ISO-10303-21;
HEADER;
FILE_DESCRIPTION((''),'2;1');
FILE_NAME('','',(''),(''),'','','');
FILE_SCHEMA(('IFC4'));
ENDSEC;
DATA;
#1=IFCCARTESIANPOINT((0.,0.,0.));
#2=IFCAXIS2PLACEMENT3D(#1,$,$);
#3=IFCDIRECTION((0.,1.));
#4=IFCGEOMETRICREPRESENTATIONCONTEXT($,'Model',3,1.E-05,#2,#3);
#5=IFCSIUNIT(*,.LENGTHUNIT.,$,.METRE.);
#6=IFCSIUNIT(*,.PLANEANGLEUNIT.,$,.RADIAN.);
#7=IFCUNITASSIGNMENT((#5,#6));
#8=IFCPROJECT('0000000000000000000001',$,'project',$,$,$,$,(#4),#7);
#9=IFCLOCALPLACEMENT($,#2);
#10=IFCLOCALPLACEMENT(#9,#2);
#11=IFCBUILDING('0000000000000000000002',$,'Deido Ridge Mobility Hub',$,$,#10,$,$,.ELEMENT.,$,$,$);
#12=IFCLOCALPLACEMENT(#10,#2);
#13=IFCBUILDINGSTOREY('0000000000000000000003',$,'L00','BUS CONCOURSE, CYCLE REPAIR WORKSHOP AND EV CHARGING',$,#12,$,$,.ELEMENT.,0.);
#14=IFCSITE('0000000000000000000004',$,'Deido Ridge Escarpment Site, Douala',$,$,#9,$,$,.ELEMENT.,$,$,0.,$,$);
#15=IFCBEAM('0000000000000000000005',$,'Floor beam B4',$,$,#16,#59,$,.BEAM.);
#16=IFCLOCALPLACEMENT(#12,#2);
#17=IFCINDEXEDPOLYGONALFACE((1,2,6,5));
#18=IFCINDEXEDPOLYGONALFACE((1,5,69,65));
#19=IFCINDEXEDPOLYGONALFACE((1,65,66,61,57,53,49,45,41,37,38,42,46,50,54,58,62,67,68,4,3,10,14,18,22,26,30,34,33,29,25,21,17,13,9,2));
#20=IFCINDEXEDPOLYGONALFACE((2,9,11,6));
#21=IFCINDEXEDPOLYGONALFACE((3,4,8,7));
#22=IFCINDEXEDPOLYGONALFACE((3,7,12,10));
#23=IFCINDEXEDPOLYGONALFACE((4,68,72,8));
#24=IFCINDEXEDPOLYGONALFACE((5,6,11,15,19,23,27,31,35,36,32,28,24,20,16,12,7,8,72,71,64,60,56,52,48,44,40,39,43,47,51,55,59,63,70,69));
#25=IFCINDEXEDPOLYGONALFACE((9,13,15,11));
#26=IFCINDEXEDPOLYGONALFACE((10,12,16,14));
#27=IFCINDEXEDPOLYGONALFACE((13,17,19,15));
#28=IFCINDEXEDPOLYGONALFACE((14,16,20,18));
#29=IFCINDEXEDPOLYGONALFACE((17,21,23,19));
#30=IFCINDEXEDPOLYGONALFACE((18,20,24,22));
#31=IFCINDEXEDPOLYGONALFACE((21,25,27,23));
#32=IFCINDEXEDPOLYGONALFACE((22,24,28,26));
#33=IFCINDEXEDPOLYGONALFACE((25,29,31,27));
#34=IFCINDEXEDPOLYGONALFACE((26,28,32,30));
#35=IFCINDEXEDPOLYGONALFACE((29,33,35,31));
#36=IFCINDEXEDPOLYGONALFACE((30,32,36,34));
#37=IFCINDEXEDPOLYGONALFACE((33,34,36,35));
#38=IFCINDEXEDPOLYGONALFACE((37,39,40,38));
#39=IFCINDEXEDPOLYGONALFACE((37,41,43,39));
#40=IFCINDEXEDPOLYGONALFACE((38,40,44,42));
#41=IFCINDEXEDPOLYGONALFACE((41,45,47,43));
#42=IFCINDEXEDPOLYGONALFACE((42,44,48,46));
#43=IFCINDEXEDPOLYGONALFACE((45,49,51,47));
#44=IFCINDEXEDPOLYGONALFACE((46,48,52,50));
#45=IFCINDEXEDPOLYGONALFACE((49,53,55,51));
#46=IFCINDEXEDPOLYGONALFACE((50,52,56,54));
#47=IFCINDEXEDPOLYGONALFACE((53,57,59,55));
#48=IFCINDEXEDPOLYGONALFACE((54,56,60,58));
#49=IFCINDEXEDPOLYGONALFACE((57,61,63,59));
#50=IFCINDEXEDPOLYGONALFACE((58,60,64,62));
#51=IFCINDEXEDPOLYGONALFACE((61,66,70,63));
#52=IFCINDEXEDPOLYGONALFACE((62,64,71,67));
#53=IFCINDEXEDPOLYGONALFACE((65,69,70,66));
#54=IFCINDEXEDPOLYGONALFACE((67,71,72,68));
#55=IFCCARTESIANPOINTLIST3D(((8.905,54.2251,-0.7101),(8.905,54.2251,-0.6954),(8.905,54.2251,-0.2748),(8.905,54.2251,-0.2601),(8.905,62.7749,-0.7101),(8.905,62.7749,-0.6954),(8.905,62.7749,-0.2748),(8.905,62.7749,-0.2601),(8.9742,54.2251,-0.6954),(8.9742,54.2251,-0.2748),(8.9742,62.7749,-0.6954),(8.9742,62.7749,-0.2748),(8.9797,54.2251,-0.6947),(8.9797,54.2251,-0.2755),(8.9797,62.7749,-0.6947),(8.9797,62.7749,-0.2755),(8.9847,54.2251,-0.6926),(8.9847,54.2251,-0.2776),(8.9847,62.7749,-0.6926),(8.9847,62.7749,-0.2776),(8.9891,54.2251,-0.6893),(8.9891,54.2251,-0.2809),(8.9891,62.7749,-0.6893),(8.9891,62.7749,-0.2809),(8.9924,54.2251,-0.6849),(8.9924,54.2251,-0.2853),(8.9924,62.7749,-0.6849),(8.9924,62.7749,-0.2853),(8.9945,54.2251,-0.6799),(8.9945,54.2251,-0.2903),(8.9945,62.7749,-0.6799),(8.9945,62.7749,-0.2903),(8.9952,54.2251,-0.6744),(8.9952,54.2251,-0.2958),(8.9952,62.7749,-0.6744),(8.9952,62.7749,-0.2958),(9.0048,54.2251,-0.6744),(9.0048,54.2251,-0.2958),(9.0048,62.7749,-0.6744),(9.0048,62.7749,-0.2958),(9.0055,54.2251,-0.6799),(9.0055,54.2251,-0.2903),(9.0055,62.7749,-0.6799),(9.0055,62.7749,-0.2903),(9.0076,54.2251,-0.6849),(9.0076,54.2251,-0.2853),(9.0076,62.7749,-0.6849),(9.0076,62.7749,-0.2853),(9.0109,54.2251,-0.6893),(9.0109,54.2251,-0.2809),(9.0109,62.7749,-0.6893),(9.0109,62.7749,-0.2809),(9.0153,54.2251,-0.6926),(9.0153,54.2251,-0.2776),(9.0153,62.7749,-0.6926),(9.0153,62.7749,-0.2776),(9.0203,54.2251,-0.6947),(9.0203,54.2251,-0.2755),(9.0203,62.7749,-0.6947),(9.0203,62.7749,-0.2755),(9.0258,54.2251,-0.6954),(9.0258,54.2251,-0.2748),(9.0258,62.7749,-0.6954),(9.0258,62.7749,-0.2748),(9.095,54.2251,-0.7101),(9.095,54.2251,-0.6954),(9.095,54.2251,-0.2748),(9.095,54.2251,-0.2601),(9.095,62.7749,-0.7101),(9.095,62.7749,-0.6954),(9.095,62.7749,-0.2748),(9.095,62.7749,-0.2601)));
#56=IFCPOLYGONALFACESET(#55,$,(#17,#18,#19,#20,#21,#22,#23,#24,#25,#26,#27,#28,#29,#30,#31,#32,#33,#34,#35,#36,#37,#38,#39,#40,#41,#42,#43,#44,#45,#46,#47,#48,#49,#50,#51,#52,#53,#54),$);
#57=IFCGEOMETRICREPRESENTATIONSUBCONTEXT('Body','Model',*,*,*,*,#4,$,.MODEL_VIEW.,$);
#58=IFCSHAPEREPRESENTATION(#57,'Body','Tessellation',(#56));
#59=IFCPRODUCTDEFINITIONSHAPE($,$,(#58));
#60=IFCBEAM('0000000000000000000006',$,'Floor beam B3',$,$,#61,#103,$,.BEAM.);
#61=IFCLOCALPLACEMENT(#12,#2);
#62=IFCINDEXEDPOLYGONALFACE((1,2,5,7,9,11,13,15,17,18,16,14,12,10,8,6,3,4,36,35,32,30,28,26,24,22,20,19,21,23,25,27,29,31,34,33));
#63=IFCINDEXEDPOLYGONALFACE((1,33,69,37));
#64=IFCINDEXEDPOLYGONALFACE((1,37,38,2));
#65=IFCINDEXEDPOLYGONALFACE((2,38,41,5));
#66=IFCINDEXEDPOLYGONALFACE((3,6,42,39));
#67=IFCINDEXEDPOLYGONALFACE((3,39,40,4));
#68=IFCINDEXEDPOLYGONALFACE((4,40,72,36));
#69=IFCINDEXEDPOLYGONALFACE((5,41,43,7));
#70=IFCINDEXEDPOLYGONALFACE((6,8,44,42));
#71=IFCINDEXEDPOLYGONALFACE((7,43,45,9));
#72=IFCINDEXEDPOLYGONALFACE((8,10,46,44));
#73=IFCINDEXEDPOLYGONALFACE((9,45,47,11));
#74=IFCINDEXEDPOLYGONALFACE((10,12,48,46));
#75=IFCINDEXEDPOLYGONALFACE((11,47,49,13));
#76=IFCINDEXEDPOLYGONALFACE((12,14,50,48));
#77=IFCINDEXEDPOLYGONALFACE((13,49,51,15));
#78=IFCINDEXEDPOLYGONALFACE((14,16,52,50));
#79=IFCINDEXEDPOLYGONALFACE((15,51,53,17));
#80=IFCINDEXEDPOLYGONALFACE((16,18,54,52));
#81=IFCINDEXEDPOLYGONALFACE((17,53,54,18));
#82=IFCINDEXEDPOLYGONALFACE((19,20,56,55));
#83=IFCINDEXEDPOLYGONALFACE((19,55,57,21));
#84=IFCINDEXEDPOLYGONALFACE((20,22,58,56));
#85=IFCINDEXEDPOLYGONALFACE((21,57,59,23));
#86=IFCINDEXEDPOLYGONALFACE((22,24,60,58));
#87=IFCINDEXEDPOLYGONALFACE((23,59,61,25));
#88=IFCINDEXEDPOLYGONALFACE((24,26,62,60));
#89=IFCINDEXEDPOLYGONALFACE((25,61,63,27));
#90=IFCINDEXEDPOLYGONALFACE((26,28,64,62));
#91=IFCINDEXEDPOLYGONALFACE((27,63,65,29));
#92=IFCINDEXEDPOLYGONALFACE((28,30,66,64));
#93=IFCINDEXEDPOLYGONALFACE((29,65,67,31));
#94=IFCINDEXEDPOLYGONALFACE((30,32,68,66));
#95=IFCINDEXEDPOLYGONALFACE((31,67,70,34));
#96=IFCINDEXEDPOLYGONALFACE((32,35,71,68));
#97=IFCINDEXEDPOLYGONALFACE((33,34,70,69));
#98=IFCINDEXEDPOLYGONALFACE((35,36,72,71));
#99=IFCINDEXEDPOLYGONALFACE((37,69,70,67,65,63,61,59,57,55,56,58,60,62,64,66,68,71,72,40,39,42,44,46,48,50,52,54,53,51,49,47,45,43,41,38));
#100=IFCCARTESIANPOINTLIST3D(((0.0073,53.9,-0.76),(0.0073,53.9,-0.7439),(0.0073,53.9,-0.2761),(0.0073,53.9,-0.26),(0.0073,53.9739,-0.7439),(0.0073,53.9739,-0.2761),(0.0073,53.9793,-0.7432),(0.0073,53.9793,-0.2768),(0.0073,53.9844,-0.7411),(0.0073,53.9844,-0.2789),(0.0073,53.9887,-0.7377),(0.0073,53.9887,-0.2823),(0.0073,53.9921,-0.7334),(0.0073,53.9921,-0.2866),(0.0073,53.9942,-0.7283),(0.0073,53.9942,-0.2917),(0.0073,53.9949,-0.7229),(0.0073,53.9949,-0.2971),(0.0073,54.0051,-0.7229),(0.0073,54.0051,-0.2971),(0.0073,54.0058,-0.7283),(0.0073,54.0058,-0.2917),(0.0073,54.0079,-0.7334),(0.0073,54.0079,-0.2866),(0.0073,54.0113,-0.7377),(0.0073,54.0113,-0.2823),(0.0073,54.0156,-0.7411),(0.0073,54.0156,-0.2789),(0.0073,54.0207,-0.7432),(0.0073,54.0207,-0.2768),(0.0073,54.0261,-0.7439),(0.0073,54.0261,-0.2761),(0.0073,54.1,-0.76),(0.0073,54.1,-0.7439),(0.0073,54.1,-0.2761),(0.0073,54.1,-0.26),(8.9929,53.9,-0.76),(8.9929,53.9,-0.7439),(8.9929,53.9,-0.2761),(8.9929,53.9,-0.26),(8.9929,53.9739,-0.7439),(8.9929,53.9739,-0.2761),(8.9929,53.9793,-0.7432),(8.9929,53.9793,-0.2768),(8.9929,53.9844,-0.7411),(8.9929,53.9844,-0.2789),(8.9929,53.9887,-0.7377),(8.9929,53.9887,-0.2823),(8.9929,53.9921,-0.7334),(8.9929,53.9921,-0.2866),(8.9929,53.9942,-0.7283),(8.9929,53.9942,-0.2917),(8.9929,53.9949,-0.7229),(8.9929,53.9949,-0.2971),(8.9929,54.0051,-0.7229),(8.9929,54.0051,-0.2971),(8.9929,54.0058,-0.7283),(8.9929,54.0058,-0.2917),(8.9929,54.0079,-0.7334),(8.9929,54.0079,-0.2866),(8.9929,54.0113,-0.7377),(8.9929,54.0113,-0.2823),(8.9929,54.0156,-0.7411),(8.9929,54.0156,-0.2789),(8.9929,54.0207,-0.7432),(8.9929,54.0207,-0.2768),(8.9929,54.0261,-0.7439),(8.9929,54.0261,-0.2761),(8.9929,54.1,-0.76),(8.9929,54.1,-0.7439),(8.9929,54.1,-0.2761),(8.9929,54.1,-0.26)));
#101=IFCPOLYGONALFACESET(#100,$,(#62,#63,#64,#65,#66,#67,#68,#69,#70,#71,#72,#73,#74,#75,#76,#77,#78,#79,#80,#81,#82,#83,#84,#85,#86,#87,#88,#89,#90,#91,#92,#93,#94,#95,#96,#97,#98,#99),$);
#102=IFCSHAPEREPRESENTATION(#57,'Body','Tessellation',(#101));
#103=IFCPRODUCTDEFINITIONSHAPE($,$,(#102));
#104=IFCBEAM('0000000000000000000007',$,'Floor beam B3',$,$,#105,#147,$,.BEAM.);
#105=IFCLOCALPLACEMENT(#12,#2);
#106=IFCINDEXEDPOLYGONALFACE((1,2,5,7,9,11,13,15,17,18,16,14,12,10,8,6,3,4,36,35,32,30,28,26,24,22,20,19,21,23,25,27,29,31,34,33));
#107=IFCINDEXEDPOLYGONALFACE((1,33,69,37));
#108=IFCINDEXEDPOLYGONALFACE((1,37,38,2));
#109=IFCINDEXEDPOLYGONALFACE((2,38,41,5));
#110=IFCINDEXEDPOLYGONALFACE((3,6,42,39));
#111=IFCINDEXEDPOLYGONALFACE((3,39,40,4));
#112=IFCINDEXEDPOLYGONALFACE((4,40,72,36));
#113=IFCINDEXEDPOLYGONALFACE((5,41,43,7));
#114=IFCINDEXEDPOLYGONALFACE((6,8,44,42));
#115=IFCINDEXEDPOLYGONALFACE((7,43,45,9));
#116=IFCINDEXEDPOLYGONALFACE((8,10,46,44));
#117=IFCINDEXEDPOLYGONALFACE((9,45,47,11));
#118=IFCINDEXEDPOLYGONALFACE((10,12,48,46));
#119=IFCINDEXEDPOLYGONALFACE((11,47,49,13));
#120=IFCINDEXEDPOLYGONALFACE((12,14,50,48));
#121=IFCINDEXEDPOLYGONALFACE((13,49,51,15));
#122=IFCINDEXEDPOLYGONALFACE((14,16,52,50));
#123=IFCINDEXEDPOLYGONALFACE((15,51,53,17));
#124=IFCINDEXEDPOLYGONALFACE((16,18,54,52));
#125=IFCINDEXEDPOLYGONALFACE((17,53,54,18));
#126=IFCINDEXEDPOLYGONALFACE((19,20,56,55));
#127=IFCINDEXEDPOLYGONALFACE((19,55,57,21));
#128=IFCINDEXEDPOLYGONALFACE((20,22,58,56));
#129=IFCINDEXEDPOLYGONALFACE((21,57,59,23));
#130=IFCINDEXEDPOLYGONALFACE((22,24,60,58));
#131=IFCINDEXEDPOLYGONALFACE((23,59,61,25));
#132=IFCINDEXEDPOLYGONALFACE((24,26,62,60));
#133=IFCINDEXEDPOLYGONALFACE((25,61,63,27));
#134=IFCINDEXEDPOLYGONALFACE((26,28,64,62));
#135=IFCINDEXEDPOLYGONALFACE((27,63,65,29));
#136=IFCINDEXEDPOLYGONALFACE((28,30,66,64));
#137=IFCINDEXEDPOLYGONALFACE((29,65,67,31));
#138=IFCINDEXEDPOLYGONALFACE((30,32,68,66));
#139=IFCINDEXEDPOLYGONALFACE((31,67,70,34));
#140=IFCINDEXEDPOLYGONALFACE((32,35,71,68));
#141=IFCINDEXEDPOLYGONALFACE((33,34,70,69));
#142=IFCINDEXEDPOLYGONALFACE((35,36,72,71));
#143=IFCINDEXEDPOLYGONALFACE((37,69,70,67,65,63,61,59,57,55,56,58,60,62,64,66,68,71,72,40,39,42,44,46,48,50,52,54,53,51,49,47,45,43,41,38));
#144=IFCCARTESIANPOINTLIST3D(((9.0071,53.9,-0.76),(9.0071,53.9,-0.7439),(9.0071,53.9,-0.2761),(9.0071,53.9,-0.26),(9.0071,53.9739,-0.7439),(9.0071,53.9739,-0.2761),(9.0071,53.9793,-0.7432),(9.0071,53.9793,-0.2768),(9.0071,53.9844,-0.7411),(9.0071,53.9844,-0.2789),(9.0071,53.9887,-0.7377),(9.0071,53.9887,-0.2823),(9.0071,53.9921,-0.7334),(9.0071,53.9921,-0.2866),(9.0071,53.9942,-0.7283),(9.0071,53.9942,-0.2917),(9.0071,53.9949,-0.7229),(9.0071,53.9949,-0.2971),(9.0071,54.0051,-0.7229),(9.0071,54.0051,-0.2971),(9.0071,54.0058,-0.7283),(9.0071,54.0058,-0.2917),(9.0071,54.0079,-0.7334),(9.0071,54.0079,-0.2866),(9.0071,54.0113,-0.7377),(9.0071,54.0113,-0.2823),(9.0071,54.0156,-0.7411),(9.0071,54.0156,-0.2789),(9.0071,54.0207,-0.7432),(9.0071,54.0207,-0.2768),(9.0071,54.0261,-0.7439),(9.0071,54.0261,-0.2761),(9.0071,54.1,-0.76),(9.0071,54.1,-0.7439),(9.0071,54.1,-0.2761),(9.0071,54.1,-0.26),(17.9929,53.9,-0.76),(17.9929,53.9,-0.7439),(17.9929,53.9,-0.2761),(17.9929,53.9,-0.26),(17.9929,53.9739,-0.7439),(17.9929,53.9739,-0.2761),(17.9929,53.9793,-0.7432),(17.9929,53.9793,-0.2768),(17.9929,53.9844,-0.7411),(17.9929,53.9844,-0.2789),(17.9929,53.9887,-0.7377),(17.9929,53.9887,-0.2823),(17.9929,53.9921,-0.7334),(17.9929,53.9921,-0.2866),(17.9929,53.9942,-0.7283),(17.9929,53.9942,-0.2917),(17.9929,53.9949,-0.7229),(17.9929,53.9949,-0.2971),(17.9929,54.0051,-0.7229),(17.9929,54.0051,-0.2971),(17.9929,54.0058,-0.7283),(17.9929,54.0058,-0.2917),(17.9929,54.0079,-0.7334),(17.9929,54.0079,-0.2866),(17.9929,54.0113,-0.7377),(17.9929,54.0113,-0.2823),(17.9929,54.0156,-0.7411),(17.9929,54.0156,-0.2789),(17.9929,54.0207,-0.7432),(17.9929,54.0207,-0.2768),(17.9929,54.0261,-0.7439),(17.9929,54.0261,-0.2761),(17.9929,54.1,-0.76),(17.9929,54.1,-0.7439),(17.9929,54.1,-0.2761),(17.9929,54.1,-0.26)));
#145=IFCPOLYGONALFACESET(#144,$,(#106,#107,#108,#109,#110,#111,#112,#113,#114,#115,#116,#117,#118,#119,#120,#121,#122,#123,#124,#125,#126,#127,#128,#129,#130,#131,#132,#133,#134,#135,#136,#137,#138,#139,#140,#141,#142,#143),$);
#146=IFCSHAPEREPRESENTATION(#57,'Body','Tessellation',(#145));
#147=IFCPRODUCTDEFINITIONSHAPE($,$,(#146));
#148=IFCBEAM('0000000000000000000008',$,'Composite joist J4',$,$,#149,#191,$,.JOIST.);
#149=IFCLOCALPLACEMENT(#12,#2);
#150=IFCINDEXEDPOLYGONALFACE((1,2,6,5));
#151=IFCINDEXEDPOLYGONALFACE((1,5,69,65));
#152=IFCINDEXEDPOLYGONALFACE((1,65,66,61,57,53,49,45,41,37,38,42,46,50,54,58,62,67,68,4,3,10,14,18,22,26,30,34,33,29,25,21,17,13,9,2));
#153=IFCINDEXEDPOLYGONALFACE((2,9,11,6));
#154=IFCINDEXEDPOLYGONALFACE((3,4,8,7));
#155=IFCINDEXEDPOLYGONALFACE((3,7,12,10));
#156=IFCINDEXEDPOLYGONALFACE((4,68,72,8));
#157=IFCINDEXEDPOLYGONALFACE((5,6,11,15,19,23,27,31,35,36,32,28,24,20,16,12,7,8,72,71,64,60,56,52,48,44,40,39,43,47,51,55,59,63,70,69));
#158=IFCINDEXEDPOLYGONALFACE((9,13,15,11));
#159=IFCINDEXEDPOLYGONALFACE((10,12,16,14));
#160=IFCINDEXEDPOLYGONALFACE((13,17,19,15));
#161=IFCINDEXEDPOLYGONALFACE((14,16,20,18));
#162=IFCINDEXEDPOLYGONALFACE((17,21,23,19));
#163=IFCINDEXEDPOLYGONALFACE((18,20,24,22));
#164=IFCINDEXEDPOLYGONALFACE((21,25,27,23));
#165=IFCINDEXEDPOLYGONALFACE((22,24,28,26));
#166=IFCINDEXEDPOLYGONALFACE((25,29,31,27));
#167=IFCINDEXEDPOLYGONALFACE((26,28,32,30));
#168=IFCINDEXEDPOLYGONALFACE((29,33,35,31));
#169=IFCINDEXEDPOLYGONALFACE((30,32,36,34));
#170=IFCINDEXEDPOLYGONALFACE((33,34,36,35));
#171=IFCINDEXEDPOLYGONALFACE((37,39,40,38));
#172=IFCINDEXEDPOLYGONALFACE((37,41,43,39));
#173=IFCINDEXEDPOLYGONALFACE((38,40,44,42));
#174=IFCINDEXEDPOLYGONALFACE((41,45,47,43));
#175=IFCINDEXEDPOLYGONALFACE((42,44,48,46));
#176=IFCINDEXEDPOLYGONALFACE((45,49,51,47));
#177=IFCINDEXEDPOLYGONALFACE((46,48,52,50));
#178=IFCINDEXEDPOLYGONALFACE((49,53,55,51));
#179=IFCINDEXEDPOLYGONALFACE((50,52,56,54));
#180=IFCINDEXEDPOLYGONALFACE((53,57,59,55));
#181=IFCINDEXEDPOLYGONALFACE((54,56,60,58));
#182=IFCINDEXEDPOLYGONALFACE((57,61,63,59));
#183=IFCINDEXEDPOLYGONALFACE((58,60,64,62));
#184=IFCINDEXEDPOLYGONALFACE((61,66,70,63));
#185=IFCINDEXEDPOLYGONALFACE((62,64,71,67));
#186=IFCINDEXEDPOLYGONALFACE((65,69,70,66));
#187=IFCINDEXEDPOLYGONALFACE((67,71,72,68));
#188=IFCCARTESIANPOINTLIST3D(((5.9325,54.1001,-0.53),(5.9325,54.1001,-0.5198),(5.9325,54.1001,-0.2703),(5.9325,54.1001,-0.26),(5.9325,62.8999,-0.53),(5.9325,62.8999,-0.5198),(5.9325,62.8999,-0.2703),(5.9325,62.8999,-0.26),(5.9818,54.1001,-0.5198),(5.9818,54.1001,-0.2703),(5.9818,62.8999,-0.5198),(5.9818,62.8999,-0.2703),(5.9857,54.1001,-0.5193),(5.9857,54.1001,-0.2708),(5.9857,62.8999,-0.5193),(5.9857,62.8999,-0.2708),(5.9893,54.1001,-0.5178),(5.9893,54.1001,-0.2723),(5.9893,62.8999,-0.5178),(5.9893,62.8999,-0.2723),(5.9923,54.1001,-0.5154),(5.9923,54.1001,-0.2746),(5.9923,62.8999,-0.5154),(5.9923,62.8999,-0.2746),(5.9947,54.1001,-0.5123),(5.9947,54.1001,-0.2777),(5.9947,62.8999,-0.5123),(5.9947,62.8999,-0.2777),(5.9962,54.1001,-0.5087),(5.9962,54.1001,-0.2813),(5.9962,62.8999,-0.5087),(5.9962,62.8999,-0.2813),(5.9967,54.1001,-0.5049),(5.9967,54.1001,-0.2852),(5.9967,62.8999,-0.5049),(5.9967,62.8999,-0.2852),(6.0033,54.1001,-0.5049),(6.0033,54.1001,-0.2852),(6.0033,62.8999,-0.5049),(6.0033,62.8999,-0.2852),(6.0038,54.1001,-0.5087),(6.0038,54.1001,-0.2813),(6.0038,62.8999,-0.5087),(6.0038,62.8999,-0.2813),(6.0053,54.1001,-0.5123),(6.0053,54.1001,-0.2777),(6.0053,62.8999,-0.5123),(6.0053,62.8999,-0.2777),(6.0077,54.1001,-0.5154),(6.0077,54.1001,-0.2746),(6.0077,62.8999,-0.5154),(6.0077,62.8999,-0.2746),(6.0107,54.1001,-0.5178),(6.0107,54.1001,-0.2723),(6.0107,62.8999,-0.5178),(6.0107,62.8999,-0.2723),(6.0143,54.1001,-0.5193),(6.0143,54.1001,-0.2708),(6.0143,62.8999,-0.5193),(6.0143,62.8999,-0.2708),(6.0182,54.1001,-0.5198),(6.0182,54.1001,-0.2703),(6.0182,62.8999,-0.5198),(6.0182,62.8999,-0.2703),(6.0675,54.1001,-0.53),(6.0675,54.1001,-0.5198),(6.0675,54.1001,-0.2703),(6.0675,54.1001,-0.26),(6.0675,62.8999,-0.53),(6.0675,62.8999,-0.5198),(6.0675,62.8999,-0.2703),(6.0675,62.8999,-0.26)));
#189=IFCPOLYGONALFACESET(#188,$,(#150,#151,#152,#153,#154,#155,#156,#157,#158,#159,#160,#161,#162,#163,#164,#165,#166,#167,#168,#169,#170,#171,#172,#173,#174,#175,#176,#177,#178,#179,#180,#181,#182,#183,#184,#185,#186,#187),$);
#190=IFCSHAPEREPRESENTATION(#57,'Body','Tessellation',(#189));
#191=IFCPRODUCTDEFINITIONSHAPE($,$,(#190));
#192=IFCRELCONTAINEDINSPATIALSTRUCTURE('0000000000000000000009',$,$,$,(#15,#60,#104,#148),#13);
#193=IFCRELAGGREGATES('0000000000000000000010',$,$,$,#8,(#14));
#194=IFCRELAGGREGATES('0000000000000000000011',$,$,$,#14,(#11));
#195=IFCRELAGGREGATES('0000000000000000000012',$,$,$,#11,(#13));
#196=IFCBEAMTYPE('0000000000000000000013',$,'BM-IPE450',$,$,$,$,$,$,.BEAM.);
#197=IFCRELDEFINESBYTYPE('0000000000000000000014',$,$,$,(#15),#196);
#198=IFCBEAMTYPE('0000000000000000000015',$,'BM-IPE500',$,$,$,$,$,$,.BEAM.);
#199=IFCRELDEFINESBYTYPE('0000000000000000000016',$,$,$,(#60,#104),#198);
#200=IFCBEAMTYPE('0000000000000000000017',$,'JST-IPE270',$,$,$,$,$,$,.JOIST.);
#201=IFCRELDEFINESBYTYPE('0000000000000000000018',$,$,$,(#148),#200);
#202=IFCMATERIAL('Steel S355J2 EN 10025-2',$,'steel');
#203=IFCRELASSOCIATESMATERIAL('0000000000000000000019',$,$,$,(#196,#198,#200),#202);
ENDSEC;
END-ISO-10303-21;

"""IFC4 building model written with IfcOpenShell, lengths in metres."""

from ifc_helpers import new_model, si_unit, direction, frame, origin, origin_2d, place, context, subcontext, project, spatial, i_section, extrude, material, material_profile, profile_set, type_object, element, save


model = new_model("IFC4")

# Units and contexts
model_context = context("Model", 3, precision=1e-05, world=origin(), true_north=direction((0.0, 1.0)))
body_context = subcontext(model_context, "Body", "Model", "MODEL_VIEW")
ifc_project = project(units=[si_unit("LENGTHUNIT", "METRE"), si_unit("PLANEANGLEUNIT", "RADIAN")], contexts=[model_context])

# Site, building, storey
site_placement = place(None, origin())
site = spatial("IfcSite", under=ifc_project, at=site_placement, Name="Deido Ridge Escarpment Site, Douala", CompositionType="ELEMENT", RefElevation=0.0)
building_placement = place(site_placement, origin())
building = spatial("IfcBuilding", under=site, at=building_placement, Name="Deido Ridge Mobility Hub", CompositionType="ELEMENT")
storey_placement = place(building_placement, origin())
storey = spatial("IfcBuildingStorey", under=building, at=storey_placement, Name="L00", Description="BUS CONCOURSE, CYCLE REPAIR WORKSHOP AND EV CHARGING", CompositionType="ELEMENT", Elevation=0.0)

# Shared definitions
ifc_material_1 = material(Name="Steel S355J2 EN 10025-2", Category="steel")

# Beams
ifc_material_profile_1 = material_profile(ifc_material_1, i_section(OverallWidth=0.1899, OverallDepth=0.45, WebThickness=0.0095, FlangeThickness=0.0146, FilletRadius=0.021, at=origin_2d()), Name="IPE 450")
ifc_profile_set_1 = profile_set([ifc_material_profile_1], Name="Steel S355J2 EN 10025-2")
beam_type_1 = type_object("IfcBeamType", Name="BM-IPE450", PredefinedType="BEAM", material=ifc_profile_set_1)
beam_1_placement = place(storey_placement, frame((9.0, 54.2251, -0.4851), z_axis=(0.0, 1.0, 0.0), x_axis=(-1.0, 0.0, 0.0)))
element("IfcBeam", 1, at=beam_1_placement, inside=storey, type_object=beam_type_1, Name="Floor beam B4", PredefinedType="BEAM", context=body_context, shape_type="SweptSolid", body=[
    extrude(i_section(OverallWidth=0.1899, OverallDepth=0.45, WebThickness=0.0095, FlangeThickness=0.0146, FilletRadius=0.021, at=origin_2d()), origin(), (0.0, 0.0, 1.0), 8.5498),
])
ifc_material_profile_2 = material_profile(ifc_material_1, i_section(OverallWidth=0.2, OverallDepth=0.5, WebThickness=0.0103, FlangeThickness=0.0161, FilletRadius=0.021, at=origin_2d()), Name="IPE 500")
ifc_profile_set_2 = profile_set([ifc_material_profile_2], Name="Steel S355J2 EN 10025-2")
beam_type_2 = type_object("IfcBeamType", Name="BM-IPE500", PredefinedType="BEAM", material=ifc_profile_set_2)
beam_2_placement = place(storey_placement, frame((0.0073, 54.0, -0.51), z_axis=(1.0, 0.0, 0.0), x_axis=(0.0, 1.0, 0.0)))
element("IfcBeam", 2, at=beam_2_placement, inside=storey, type_object=beam_type_2, Name="Floor beam B3", PredefinedType="BEAM", context=body_context, shape_type="SweptSolid", body=[
    extrude(i_section(OverallWidth=0.2, OverallDepth=0.5, WebThickness=0.0103, FlangeThickness=0.0161, FilletRadius=0.021, at=origin_2d()), origin(), (0.0, 0.0, 1.0), 8.9856),
])
beam_3_placement = place(storey_placement, frame((9.0071, 54.0, -0.51), z_axis=(1.0, 0.0, 0.0), x_axis=(0.0, 1.0, 0.0)))
element("IfcBeam", 3, at=beam_3_placement, inside=storey, type_object=beam_type_2, Name="Floor beam B3", PredefinedType="BEAM", context=body_context, shape_type="SweptSolid", body=[
    extrude(i_section(OverallWidth=0.2, OverallDepth=0.5, WebThickness=0.0103, FlangeThickness=0.0161, FilletRadius=0.021, at=origin_2d()), origin(), (0.0, 0.0, 1.0), 8.9858),
])
ifc_material_profile_3 = material_profile(ifc_material_1, i_section(OverallWidth=0.135, OverallDepth=0.27, WebThickness=0.0066, FlangeThickness=0.0103, FilletRadius=0.0149, at=origin_2d()), Name="IPE 270")
ifc_profile_set_3 = profile_set([ifc_material_profile_3], Name="Steel S355J2 EN 10025-2")
beam_type_3 = type_object("IfcBeamType", Name="JST-IPE270", PredefinedType="JOIST", material=ifc_profile_set_3)
beam_4_placement = place(storey_placement, frame((6.0, 54.1001, -0.395), z_axis=(0.0, 1.0, 0.0), x_axis=(-1.0, 0.0, 0.0)))
element("IfcBeam", 4, at=beam_4_placement, inside=storey, type_object=beam_type_3, Name="Composite joist J4", PredefinedType="JOIST", context=body_context, shape_type="SweptSolid", body=[
    extrude(i_section(OverallWidth=0.135, OverallDepth=0.27, WebThickness=0.0066, FlangeThickness=0.0103, FilletRadius=0.0149, at=origin_2d()), origin(), (0.0, 0.0, 1.0), 8.7998),
])

save(model, "model.ifc")
